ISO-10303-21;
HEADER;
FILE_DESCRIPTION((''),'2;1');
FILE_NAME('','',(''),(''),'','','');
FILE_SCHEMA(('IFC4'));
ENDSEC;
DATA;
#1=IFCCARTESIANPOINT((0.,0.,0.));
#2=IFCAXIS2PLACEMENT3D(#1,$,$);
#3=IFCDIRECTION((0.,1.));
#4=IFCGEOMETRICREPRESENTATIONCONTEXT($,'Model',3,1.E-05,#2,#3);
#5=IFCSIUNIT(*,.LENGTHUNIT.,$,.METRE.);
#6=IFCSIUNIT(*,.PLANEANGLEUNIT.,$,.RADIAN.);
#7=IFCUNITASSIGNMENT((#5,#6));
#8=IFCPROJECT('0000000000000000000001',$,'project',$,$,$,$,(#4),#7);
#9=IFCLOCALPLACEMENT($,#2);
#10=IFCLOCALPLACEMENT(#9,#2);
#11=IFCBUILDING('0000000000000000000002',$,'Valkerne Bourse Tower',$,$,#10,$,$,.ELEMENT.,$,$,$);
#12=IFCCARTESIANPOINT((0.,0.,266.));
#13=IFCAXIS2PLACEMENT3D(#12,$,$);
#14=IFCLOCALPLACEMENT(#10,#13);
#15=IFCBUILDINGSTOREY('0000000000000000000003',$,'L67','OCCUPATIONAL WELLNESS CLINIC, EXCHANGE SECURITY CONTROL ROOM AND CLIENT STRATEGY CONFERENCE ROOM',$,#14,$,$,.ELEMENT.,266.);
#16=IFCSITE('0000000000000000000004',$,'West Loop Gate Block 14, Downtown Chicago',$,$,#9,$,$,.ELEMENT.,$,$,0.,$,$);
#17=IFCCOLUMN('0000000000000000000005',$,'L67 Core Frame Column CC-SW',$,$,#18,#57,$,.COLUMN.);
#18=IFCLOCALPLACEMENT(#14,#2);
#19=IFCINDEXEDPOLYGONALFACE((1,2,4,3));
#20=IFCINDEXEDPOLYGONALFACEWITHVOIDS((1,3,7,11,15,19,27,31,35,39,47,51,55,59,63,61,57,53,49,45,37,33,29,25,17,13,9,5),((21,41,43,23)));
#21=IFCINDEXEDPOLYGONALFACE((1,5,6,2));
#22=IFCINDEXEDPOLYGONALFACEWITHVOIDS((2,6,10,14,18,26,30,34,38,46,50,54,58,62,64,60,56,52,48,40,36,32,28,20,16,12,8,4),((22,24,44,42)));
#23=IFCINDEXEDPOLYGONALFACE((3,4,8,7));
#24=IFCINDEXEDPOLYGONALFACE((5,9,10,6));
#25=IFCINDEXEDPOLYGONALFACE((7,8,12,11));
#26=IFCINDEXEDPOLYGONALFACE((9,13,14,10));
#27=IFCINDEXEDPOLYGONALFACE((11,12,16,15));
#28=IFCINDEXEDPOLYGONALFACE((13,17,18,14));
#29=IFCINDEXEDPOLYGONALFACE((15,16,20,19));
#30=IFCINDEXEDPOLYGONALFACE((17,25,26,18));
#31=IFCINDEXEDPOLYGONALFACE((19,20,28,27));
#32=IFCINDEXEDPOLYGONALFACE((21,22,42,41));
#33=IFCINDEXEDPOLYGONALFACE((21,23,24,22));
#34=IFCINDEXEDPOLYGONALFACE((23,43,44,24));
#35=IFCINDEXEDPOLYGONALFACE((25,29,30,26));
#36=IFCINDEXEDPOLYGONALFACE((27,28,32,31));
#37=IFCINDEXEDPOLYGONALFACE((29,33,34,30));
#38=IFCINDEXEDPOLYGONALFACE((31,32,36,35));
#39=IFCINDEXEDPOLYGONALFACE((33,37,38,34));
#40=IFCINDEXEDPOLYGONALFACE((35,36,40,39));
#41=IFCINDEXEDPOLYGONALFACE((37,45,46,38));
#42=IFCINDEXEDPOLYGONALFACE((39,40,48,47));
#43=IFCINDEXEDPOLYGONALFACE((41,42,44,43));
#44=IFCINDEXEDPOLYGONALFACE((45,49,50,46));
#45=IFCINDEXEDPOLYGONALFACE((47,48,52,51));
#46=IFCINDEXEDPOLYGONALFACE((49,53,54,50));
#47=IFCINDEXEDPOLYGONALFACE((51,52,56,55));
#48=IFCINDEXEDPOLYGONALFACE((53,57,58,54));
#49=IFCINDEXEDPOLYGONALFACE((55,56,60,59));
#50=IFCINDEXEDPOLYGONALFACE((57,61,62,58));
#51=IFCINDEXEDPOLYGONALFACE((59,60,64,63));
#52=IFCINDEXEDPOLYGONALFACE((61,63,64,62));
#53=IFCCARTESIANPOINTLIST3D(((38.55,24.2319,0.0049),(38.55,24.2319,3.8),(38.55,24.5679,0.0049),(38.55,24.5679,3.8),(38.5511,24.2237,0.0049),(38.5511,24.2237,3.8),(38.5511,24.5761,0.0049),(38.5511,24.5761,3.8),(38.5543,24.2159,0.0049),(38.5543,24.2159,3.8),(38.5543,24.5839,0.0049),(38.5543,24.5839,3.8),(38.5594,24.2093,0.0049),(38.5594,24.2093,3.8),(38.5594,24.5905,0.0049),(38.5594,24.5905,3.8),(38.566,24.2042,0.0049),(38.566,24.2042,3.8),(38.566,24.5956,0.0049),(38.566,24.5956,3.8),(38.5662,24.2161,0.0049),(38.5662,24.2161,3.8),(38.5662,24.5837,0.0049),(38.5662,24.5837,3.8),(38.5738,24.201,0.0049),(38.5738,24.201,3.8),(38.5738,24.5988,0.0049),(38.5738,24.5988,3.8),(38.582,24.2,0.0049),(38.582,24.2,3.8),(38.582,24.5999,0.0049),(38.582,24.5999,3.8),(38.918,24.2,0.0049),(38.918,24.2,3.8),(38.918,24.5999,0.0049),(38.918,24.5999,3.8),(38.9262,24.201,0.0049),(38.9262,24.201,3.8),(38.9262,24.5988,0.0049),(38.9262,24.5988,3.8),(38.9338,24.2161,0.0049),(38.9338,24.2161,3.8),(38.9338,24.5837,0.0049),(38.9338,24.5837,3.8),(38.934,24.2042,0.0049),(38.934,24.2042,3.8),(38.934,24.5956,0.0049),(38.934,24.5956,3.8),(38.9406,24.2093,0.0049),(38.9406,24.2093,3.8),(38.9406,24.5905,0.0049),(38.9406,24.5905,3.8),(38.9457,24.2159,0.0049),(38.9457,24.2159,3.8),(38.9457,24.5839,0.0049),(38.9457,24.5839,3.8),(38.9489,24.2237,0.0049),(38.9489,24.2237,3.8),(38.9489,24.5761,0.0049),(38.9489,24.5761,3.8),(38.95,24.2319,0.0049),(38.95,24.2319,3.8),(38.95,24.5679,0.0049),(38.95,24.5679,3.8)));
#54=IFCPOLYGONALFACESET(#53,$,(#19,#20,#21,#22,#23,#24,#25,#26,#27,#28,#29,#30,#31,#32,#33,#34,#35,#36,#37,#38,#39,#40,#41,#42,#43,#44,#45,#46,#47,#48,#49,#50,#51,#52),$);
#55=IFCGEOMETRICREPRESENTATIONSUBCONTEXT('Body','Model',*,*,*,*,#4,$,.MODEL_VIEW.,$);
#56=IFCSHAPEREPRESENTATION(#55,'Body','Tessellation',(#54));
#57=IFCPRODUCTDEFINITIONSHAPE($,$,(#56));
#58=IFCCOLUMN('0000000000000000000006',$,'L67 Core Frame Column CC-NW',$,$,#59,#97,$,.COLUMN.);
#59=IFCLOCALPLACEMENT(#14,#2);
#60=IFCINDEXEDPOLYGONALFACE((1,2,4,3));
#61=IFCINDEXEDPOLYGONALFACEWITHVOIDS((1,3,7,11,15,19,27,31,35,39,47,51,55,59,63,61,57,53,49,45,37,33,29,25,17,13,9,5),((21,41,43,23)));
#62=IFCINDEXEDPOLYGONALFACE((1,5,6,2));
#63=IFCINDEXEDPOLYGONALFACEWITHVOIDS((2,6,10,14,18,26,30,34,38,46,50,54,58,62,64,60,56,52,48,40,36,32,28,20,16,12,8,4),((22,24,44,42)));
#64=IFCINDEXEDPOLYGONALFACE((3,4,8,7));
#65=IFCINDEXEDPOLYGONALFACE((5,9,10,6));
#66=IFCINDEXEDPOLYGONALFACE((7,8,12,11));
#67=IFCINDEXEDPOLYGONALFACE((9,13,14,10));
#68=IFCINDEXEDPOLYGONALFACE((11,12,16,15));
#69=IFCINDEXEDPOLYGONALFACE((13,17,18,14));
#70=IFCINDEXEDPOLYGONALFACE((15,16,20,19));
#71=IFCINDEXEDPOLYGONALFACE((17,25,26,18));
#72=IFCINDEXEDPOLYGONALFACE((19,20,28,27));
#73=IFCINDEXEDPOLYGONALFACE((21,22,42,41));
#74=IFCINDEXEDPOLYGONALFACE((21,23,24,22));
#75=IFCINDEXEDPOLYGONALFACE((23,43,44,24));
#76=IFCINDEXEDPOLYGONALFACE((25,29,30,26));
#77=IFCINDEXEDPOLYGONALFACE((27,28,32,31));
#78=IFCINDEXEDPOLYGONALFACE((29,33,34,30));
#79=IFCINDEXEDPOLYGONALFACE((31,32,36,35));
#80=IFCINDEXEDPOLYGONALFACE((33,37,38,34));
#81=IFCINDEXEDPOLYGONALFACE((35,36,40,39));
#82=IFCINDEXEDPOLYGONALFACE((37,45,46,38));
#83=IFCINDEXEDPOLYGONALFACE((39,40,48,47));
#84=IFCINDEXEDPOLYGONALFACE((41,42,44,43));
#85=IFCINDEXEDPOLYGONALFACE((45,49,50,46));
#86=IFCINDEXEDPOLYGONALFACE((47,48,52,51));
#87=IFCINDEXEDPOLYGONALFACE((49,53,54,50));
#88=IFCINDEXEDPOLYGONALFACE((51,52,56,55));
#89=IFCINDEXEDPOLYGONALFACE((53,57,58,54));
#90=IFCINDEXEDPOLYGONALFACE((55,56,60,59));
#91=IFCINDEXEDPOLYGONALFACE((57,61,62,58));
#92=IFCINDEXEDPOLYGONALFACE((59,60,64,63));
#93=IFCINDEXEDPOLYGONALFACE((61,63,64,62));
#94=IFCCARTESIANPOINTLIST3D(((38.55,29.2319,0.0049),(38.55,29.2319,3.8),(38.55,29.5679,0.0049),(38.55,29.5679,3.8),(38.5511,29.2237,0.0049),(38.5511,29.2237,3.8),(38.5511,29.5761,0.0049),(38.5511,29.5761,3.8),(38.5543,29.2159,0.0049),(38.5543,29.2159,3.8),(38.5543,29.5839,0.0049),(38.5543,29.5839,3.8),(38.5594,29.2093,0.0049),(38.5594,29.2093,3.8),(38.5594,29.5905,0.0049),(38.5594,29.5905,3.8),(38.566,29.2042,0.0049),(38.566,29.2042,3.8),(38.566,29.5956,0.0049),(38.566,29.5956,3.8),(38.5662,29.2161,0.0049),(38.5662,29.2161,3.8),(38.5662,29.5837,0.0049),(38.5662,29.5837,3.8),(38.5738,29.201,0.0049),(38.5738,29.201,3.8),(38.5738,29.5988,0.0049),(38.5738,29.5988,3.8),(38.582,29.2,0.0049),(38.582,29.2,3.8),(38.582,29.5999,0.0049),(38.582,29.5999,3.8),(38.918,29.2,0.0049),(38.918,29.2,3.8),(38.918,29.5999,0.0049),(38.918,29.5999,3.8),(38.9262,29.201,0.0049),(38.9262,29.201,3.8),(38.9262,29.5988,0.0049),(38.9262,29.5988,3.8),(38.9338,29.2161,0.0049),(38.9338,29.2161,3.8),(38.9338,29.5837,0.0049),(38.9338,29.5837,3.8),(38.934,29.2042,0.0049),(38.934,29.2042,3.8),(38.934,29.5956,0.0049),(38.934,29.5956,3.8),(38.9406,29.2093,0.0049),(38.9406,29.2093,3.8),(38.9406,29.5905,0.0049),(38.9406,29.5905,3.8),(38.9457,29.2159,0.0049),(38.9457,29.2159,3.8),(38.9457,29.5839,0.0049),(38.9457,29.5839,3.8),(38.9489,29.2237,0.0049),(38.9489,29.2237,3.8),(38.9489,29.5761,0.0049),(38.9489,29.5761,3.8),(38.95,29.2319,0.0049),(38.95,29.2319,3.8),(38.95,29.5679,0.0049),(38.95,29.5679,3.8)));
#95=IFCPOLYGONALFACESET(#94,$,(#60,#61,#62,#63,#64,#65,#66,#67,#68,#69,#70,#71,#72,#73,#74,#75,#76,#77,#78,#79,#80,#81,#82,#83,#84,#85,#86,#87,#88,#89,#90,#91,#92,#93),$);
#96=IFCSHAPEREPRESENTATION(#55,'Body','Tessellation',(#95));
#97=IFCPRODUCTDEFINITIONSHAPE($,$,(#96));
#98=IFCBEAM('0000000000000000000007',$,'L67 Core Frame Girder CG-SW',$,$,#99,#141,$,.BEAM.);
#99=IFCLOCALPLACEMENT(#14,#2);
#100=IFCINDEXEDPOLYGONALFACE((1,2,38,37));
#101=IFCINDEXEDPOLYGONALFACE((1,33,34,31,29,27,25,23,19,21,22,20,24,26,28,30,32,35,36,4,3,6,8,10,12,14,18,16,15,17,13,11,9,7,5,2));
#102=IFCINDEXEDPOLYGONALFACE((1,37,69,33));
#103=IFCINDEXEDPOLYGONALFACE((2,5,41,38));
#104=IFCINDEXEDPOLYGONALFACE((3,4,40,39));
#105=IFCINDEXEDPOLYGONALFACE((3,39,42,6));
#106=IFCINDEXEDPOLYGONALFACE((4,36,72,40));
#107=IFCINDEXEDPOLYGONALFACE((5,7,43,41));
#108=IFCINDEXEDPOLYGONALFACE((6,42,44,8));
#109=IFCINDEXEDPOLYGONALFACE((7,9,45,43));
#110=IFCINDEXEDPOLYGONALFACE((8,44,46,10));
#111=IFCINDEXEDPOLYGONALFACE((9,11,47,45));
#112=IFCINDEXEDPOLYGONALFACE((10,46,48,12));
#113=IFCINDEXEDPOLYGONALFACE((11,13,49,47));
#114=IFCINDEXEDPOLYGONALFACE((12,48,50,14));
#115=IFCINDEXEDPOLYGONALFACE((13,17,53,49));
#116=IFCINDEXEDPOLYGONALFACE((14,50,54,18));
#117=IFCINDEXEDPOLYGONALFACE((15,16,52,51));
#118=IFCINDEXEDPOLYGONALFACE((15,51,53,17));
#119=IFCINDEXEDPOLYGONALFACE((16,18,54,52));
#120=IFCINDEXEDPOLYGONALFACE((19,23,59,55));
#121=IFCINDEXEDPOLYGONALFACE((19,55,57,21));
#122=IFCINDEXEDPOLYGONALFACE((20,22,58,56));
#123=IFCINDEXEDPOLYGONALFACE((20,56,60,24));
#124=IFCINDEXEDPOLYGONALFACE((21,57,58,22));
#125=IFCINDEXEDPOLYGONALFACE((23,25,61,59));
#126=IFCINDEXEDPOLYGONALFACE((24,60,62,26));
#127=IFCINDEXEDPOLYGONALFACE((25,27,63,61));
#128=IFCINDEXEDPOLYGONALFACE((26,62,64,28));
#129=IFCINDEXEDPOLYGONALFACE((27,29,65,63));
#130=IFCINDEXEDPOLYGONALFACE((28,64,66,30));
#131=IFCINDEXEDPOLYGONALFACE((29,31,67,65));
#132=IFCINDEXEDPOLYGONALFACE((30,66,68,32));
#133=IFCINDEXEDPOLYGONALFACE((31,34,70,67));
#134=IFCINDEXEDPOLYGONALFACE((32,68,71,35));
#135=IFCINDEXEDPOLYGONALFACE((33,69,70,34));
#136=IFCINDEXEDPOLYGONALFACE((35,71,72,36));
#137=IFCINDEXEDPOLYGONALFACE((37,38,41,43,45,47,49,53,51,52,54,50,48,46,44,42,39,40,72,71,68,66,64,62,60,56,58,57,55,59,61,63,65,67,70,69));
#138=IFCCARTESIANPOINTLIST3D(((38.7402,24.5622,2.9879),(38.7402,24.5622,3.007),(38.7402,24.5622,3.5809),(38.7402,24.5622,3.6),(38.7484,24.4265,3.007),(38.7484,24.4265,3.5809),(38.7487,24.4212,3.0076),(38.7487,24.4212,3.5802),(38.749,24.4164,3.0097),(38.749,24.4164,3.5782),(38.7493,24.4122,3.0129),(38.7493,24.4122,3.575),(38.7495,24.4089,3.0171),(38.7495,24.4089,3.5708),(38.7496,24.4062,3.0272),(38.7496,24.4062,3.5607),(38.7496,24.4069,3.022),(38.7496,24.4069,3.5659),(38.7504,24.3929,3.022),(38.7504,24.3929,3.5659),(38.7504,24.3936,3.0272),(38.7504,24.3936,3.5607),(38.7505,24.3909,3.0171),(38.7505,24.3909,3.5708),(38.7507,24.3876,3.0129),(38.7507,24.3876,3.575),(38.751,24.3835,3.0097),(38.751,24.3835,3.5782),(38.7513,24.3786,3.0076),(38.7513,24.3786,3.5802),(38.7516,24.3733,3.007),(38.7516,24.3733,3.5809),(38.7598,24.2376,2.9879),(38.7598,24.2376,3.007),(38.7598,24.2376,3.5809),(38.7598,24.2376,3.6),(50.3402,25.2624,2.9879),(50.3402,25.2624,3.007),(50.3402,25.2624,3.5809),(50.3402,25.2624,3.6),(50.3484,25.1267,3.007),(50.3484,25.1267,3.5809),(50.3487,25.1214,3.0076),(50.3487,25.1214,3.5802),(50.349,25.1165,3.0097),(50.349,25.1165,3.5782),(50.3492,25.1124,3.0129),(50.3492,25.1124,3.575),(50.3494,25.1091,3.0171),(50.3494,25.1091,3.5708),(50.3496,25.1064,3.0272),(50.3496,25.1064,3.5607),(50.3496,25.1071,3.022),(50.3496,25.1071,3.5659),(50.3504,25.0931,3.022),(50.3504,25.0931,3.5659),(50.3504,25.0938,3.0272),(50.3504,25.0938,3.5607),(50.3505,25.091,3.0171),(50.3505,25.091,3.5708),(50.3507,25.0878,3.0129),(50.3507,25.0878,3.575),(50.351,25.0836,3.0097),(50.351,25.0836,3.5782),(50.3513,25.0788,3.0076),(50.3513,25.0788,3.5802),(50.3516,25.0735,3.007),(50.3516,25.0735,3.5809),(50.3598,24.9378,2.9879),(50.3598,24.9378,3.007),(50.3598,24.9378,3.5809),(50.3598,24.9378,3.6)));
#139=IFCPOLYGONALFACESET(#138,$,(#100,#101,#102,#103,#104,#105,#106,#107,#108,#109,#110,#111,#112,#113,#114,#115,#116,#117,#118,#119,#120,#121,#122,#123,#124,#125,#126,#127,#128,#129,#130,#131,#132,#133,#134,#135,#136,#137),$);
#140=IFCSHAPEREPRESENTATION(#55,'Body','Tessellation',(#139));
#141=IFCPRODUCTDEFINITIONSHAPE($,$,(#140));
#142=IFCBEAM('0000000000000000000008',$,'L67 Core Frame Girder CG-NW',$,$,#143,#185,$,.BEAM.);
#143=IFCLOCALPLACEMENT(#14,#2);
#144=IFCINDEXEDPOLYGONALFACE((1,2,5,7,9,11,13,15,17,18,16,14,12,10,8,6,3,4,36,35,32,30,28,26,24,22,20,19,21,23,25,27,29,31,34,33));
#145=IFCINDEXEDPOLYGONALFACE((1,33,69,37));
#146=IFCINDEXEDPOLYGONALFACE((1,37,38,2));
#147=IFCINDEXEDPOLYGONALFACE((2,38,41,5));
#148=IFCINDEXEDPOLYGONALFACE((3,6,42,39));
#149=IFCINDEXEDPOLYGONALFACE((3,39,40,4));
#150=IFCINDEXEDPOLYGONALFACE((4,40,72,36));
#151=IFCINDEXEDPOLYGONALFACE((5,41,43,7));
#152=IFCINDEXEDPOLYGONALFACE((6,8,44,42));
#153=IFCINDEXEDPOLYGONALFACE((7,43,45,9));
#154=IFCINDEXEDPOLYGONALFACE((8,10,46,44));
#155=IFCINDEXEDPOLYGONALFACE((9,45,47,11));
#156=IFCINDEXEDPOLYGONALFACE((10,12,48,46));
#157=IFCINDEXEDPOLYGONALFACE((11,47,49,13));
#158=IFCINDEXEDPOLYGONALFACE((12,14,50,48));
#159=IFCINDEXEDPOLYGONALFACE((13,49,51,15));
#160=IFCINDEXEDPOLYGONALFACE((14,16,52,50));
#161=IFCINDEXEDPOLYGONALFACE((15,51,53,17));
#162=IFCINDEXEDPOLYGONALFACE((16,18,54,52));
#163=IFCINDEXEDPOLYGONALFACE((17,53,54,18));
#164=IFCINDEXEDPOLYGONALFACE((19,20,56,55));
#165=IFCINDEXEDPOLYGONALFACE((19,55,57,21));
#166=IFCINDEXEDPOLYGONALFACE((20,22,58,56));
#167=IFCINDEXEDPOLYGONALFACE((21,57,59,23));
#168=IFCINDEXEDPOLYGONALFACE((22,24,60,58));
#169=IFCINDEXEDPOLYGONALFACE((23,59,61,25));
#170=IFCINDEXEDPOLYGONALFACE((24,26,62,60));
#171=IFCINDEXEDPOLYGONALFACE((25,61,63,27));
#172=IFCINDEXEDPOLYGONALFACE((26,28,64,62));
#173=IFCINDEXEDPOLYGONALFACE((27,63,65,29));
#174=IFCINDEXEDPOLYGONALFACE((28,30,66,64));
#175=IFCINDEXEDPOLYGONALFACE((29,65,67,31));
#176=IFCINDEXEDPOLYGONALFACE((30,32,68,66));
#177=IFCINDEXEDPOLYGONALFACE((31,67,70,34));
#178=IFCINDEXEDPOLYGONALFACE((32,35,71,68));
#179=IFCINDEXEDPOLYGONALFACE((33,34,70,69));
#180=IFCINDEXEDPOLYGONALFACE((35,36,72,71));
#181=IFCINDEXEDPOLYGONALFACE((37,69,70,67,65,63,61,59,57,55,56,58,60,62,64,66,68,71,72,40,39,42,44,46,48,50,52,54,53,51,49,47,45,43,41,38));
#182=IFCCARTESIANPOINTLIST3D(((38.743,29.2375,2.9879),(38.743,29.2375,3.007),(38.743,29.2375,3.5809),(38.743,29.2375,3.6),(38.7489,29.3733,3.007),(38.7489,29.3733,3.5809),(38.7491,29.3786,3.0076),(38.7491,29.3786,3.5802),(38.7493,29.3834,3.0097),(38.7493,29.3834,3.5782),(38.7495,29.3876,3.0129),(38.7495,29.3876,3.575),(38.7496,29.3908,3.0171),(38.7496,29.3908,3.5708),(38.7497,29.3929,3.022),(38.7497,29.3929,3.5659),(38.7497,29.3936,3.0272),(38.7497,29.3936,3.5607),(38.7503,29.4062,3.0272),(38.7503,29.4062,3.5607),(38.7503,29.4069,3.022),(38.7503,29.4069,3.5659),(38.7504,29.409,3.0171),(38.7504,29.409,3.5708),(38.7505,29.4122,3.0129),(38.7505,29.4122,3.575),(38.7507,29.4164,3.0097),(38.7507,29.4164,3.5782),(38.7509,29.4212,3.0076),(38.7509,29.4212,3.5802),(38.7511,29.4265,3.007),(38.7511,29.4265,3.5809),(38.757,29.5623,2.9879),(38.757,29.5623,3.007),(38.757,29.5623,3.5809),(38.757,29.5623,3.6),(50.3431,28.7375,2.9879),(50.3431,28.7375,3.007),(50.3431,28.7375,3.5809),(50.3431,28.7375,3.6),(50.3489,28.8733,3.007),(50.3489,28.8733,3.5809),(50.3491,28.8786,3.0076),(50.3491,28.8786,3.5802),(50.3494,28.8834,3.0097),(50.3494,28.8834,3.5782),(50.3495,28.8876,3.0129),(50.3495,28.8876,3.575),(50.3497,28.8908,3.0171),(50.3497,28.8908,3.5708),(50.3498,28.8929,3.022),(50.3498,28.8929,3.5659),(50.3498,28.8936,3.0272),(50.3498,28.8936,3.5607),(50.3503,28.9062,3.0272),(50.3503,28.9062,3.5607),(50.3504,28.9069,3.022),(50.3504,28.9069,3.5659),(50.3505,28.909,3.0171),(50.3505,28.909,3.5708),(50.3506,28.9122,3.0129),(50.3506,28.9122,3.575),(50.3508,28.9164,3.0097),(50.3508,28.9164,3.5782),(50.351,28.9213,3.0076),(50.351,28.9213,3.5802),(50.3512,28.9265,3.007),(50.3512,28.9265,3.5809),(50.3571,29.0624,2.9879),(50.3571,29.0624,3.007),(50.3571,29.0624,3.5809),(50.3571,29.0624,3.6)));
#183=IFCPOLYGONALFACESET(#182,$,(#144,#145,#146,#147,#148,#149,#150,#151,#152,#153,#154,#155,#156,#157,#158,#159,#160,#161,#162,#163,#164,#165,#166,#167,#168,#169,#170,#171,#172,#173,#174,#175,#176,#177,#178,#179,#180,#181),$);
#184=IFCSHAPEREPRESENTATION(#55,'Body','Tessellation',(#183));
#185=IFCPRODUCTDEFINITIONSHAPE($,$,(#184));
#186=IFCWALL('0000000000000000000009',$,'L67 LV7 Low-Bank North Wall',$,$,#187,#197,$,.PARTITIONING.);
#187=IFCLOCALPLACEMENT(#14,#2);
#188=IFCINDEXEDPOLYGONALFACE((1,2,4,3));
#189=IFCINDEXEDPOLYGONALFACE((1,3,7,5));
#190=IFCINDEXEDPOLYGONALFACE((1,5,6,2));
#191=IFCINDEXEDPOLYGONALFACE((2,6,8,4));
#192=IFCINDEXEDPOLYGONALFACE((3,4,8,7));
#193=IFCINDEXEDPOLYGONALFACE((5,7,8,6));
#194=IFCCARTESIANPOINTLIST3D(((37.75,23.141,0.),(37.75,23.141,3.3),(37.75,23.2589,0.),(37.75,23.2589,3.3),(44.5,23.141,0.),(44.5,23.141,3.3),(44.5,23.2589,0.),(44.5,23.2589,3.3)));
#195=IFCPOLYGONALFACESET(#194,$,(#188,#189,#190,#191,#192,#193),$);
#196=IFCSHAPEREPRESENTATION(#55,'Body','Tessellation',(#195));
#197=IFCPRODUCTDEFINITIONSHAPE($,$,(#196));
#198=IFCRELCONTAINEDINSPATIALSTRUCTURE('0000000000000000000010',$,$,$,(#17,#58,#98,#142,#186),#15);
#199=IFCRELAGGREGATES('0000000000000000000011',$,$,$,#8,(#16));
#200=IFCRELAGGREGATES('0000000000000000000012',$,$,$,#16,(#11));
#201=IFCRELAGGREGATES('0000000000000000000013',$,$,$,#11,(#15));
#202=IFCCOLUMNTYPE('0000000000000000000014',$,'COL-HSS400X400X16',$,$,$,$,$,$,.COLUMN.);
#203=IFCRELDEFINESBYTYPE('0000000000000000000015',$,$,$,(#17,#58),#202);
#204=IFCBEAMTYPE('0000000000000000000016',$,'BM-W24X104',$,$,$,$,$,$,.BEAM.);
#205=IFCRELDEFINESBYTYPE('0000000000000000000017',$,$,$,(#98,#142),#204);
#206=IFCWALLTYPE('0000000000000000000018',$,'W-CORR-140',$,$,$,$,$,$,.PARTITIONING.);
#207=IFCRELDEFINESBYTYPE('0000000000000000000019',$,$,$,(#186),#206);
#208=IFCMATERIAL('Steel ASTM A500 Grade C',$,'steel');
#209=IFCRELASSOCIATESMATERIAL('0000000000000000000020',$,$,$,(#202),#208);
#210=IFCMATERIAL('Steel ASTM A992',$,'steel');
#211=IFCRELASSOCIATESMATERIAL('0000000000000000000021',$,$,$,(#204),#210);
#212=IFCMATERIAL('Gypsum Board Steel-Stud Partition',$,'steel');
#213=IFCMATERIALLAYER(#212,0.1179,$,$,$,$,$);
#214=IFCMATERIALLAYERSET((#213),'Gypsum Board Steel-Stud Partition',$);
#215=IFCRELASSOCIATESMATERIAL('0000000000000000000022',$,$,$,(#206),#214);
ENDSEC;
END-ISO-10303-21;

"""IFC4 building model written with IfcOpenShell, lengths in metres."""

from ifc_helpers import new_model, si_unit, direction, frame, frame_2d, origin, origin_2d, place, context, subcontext, project, spatial, rectangle, hollow_rectangle, i_section, extrude, material, layer, layer_set, material_profile, profile_set, type_object, element, save


model = new_model("IFC4")

# Units and contexts
model_context = context("Model", 3, precision=1e-05, world=origin(), true_north=direction((0.0, 1.0)))
body_context = subcontext(model_context, "Body", "Model", "MODEL_VIEW")
ifc_project = project(units=[si_unit("LENGTHUNIT", "METRE"), si_unit("PLANEANGLEUNIT", "RADIAN")], contexts=[model_context])

# Site, building, storey
site_placement = place(None, origin())
site = spatial("IfcSite", under=ifc_project, at=site_placement, Name="West Loop Gate Block 14, Downtown Chicago", CompositionType="ELEMENT", RefElevation=0.0)
building_placement = place(site_placement, origin())
building = spatial("IfcBuilding", under=site, at=building_placement, Name="Valkerne Bourse Tower", CompositionType="ELEMENT")
storey_placement = place(building_placement, frame((0.0, 0.0, 266.0)))
storey = spatial("IfcBuildingStorey", under=building, at=storey_placement, Name="L67", Description="OCCUPATIONAL WELLNESS CLINIC, EXCHANGE SECURITY CONTROL ROOM AND CLIENT STRATEGY CONFERENCE ROOM", CompositionType="ELEMENT", Elevation=266.0)

# Columns
ifc_material_1 = material(Name="Steel ASTM A500 Grade C", Category="steel")
ifc_material_profile_1 = material_profile(ifc_material_1, hollow_rectangle(XDim=0.3999, YDim=0.3999, WallThickness=0.0161, OuterFilletRadius=0.032, at=origin_2d()), Name="HSS400X400X16")
ifc_profile_set_1 = profile_set([ifc_material_profile_1], Name="Steel ASTM A500 Grade C")
column_type = type_object("IfcColumnType", Name="COL-HSS400X400X16", PredefinedType="COLUMN", material=ifc_profile_set_1)
for number, where, z_axis, x_axis, name in (
    (1, (38.75, 24.3999, 0.0049), (0.0, 0.0, 1.0), (1.0, 0.0, 0.0), "L67 Core Frame Column CC-SW"),
    (2, (38.75, 29.3999, 0.0049), (0.0, 0.0, 1.0), (1.0, 0.0, 0.0), "L67 Core Frame Column CC-NW"),
):
    element("IfcColumn", number, at=place(storey_placement, frame(where, z_axis=z_axis, x_axis=x_axis)), inside=storey, type_object=column_type, Name=name, PredefinedType="COLUMN", context=body_context, shape_type="SweptSolid", body=[
        extrude(hollow_rectangle(XDim=0.3999, YDim=0.3999, WallThickness=0.0161, OuterFilletRadius=0.032, at=origin_2d()), origin(), (0.0, 0.0, 1.0), 3.7952),
    ])

# Beams
ifc_material_2 = material(Name="Steel ASTM A992", Category="steel")
ifc_material_profile_2 = material_profile(ifc_material_2, i_section(OverallWidth=0.3252, OverallDepth=0.6121, WebThickness=0.0127, FlangeThickness=0.019, FilletRadius=0.0203, at=origin_2d()), Name="W24X104")
ifc_profile_set_2 = profile_set([ifc_material_profile_2], Name="Steel ASTM A992")
beam_type = type_object("IfcBeamType", Name="BM-W24X104", PredefinedType="BEAM", material=ifc_profile_set_2)
beam_1_placement = place(storey_placement, frame((38.75, 24.3999, 3.2939), z_axis=(0.998183, 0.060251, 0.0), x_axis=(-0.060251, 0.998183, 0.0)))
element("IfcBeam", 3, at=beam_1_placement, inside=storey, type_object=beam_type, Name="L67 Core Frame Girder CG-SW", PredefinedType="BEAM", context=body_context, shape_type="SweptSolid", body=[
    extrude(i_section(OverallWidth=0.3252, OverallDepth=0.6121, WebThickness=0.0127, FlangeThickness=0.019, FilletRadius=0.0203, at=origin_2d()), origin(), (0.0, 0.0, 1.0), 11.6211),
])
beam_2_placement = place(storey_placement, frame((38.75, 29.3999, 3.2939), z_axis=(0.999072, -0.043063, 0.0), x_axis=(0.043063, 0.999072, 0.0)))
element("IfcBeam", 4, at=beam_2_placement, inside=storey, type_object=beam_type, Name="L67 Core Frame Girder CG-NW", PredefinedType="BEAM", context=body_context, shape_type="SweptSolid", body=[
    extrude(i_section(OverallWidth=0.3252, OverallDepth=0.6121, WebThickness=0.0127, FlangeThickness=0.019, FilletRadius=0.0203, at=origin_2d()), origin(), (0.0, 0.0, 1.0), 11.6108),
])

# Wall
ifc_material_3 = material(Name="Gypsum Board Steel-Stud Partition", Category="steel")
ifc_layer_1 = layer(ifc_material_3, 0.1179)
ifc_layer_set_1 = layer_set([ifc_layer_1], Name="Gypsum Board Steel-Stud Partition")
wall_type_1 = type_object("IfcWallType", Name="W-CORR-140", PredefinedType="PARTITIONING", material=ifc_layer_set_1)
wall_1_placement = place(storey_placement, frame((37.75, 23.2, 0.0), z_axis=(0.0, 0.0, 1.0), x_axis=(1.0, 0.0, 0.0)))
element("IfcWall", 5, at=wall_1_placement, inside=storey, type_object=wall_type_1, Name="L67 LV7 Low-Bank North Wall", PredefinedType="PARTITIONING", context=body_context, shape_type="SweptSolid", body=[
    extrude(rectangle(XDim=6.75, YDim=0.1179, at=frame_2d((3.375, 0.0))), origin(), (0.0, 0.0, 1.0), 3.3),
])

save(model, "model.ifc")
